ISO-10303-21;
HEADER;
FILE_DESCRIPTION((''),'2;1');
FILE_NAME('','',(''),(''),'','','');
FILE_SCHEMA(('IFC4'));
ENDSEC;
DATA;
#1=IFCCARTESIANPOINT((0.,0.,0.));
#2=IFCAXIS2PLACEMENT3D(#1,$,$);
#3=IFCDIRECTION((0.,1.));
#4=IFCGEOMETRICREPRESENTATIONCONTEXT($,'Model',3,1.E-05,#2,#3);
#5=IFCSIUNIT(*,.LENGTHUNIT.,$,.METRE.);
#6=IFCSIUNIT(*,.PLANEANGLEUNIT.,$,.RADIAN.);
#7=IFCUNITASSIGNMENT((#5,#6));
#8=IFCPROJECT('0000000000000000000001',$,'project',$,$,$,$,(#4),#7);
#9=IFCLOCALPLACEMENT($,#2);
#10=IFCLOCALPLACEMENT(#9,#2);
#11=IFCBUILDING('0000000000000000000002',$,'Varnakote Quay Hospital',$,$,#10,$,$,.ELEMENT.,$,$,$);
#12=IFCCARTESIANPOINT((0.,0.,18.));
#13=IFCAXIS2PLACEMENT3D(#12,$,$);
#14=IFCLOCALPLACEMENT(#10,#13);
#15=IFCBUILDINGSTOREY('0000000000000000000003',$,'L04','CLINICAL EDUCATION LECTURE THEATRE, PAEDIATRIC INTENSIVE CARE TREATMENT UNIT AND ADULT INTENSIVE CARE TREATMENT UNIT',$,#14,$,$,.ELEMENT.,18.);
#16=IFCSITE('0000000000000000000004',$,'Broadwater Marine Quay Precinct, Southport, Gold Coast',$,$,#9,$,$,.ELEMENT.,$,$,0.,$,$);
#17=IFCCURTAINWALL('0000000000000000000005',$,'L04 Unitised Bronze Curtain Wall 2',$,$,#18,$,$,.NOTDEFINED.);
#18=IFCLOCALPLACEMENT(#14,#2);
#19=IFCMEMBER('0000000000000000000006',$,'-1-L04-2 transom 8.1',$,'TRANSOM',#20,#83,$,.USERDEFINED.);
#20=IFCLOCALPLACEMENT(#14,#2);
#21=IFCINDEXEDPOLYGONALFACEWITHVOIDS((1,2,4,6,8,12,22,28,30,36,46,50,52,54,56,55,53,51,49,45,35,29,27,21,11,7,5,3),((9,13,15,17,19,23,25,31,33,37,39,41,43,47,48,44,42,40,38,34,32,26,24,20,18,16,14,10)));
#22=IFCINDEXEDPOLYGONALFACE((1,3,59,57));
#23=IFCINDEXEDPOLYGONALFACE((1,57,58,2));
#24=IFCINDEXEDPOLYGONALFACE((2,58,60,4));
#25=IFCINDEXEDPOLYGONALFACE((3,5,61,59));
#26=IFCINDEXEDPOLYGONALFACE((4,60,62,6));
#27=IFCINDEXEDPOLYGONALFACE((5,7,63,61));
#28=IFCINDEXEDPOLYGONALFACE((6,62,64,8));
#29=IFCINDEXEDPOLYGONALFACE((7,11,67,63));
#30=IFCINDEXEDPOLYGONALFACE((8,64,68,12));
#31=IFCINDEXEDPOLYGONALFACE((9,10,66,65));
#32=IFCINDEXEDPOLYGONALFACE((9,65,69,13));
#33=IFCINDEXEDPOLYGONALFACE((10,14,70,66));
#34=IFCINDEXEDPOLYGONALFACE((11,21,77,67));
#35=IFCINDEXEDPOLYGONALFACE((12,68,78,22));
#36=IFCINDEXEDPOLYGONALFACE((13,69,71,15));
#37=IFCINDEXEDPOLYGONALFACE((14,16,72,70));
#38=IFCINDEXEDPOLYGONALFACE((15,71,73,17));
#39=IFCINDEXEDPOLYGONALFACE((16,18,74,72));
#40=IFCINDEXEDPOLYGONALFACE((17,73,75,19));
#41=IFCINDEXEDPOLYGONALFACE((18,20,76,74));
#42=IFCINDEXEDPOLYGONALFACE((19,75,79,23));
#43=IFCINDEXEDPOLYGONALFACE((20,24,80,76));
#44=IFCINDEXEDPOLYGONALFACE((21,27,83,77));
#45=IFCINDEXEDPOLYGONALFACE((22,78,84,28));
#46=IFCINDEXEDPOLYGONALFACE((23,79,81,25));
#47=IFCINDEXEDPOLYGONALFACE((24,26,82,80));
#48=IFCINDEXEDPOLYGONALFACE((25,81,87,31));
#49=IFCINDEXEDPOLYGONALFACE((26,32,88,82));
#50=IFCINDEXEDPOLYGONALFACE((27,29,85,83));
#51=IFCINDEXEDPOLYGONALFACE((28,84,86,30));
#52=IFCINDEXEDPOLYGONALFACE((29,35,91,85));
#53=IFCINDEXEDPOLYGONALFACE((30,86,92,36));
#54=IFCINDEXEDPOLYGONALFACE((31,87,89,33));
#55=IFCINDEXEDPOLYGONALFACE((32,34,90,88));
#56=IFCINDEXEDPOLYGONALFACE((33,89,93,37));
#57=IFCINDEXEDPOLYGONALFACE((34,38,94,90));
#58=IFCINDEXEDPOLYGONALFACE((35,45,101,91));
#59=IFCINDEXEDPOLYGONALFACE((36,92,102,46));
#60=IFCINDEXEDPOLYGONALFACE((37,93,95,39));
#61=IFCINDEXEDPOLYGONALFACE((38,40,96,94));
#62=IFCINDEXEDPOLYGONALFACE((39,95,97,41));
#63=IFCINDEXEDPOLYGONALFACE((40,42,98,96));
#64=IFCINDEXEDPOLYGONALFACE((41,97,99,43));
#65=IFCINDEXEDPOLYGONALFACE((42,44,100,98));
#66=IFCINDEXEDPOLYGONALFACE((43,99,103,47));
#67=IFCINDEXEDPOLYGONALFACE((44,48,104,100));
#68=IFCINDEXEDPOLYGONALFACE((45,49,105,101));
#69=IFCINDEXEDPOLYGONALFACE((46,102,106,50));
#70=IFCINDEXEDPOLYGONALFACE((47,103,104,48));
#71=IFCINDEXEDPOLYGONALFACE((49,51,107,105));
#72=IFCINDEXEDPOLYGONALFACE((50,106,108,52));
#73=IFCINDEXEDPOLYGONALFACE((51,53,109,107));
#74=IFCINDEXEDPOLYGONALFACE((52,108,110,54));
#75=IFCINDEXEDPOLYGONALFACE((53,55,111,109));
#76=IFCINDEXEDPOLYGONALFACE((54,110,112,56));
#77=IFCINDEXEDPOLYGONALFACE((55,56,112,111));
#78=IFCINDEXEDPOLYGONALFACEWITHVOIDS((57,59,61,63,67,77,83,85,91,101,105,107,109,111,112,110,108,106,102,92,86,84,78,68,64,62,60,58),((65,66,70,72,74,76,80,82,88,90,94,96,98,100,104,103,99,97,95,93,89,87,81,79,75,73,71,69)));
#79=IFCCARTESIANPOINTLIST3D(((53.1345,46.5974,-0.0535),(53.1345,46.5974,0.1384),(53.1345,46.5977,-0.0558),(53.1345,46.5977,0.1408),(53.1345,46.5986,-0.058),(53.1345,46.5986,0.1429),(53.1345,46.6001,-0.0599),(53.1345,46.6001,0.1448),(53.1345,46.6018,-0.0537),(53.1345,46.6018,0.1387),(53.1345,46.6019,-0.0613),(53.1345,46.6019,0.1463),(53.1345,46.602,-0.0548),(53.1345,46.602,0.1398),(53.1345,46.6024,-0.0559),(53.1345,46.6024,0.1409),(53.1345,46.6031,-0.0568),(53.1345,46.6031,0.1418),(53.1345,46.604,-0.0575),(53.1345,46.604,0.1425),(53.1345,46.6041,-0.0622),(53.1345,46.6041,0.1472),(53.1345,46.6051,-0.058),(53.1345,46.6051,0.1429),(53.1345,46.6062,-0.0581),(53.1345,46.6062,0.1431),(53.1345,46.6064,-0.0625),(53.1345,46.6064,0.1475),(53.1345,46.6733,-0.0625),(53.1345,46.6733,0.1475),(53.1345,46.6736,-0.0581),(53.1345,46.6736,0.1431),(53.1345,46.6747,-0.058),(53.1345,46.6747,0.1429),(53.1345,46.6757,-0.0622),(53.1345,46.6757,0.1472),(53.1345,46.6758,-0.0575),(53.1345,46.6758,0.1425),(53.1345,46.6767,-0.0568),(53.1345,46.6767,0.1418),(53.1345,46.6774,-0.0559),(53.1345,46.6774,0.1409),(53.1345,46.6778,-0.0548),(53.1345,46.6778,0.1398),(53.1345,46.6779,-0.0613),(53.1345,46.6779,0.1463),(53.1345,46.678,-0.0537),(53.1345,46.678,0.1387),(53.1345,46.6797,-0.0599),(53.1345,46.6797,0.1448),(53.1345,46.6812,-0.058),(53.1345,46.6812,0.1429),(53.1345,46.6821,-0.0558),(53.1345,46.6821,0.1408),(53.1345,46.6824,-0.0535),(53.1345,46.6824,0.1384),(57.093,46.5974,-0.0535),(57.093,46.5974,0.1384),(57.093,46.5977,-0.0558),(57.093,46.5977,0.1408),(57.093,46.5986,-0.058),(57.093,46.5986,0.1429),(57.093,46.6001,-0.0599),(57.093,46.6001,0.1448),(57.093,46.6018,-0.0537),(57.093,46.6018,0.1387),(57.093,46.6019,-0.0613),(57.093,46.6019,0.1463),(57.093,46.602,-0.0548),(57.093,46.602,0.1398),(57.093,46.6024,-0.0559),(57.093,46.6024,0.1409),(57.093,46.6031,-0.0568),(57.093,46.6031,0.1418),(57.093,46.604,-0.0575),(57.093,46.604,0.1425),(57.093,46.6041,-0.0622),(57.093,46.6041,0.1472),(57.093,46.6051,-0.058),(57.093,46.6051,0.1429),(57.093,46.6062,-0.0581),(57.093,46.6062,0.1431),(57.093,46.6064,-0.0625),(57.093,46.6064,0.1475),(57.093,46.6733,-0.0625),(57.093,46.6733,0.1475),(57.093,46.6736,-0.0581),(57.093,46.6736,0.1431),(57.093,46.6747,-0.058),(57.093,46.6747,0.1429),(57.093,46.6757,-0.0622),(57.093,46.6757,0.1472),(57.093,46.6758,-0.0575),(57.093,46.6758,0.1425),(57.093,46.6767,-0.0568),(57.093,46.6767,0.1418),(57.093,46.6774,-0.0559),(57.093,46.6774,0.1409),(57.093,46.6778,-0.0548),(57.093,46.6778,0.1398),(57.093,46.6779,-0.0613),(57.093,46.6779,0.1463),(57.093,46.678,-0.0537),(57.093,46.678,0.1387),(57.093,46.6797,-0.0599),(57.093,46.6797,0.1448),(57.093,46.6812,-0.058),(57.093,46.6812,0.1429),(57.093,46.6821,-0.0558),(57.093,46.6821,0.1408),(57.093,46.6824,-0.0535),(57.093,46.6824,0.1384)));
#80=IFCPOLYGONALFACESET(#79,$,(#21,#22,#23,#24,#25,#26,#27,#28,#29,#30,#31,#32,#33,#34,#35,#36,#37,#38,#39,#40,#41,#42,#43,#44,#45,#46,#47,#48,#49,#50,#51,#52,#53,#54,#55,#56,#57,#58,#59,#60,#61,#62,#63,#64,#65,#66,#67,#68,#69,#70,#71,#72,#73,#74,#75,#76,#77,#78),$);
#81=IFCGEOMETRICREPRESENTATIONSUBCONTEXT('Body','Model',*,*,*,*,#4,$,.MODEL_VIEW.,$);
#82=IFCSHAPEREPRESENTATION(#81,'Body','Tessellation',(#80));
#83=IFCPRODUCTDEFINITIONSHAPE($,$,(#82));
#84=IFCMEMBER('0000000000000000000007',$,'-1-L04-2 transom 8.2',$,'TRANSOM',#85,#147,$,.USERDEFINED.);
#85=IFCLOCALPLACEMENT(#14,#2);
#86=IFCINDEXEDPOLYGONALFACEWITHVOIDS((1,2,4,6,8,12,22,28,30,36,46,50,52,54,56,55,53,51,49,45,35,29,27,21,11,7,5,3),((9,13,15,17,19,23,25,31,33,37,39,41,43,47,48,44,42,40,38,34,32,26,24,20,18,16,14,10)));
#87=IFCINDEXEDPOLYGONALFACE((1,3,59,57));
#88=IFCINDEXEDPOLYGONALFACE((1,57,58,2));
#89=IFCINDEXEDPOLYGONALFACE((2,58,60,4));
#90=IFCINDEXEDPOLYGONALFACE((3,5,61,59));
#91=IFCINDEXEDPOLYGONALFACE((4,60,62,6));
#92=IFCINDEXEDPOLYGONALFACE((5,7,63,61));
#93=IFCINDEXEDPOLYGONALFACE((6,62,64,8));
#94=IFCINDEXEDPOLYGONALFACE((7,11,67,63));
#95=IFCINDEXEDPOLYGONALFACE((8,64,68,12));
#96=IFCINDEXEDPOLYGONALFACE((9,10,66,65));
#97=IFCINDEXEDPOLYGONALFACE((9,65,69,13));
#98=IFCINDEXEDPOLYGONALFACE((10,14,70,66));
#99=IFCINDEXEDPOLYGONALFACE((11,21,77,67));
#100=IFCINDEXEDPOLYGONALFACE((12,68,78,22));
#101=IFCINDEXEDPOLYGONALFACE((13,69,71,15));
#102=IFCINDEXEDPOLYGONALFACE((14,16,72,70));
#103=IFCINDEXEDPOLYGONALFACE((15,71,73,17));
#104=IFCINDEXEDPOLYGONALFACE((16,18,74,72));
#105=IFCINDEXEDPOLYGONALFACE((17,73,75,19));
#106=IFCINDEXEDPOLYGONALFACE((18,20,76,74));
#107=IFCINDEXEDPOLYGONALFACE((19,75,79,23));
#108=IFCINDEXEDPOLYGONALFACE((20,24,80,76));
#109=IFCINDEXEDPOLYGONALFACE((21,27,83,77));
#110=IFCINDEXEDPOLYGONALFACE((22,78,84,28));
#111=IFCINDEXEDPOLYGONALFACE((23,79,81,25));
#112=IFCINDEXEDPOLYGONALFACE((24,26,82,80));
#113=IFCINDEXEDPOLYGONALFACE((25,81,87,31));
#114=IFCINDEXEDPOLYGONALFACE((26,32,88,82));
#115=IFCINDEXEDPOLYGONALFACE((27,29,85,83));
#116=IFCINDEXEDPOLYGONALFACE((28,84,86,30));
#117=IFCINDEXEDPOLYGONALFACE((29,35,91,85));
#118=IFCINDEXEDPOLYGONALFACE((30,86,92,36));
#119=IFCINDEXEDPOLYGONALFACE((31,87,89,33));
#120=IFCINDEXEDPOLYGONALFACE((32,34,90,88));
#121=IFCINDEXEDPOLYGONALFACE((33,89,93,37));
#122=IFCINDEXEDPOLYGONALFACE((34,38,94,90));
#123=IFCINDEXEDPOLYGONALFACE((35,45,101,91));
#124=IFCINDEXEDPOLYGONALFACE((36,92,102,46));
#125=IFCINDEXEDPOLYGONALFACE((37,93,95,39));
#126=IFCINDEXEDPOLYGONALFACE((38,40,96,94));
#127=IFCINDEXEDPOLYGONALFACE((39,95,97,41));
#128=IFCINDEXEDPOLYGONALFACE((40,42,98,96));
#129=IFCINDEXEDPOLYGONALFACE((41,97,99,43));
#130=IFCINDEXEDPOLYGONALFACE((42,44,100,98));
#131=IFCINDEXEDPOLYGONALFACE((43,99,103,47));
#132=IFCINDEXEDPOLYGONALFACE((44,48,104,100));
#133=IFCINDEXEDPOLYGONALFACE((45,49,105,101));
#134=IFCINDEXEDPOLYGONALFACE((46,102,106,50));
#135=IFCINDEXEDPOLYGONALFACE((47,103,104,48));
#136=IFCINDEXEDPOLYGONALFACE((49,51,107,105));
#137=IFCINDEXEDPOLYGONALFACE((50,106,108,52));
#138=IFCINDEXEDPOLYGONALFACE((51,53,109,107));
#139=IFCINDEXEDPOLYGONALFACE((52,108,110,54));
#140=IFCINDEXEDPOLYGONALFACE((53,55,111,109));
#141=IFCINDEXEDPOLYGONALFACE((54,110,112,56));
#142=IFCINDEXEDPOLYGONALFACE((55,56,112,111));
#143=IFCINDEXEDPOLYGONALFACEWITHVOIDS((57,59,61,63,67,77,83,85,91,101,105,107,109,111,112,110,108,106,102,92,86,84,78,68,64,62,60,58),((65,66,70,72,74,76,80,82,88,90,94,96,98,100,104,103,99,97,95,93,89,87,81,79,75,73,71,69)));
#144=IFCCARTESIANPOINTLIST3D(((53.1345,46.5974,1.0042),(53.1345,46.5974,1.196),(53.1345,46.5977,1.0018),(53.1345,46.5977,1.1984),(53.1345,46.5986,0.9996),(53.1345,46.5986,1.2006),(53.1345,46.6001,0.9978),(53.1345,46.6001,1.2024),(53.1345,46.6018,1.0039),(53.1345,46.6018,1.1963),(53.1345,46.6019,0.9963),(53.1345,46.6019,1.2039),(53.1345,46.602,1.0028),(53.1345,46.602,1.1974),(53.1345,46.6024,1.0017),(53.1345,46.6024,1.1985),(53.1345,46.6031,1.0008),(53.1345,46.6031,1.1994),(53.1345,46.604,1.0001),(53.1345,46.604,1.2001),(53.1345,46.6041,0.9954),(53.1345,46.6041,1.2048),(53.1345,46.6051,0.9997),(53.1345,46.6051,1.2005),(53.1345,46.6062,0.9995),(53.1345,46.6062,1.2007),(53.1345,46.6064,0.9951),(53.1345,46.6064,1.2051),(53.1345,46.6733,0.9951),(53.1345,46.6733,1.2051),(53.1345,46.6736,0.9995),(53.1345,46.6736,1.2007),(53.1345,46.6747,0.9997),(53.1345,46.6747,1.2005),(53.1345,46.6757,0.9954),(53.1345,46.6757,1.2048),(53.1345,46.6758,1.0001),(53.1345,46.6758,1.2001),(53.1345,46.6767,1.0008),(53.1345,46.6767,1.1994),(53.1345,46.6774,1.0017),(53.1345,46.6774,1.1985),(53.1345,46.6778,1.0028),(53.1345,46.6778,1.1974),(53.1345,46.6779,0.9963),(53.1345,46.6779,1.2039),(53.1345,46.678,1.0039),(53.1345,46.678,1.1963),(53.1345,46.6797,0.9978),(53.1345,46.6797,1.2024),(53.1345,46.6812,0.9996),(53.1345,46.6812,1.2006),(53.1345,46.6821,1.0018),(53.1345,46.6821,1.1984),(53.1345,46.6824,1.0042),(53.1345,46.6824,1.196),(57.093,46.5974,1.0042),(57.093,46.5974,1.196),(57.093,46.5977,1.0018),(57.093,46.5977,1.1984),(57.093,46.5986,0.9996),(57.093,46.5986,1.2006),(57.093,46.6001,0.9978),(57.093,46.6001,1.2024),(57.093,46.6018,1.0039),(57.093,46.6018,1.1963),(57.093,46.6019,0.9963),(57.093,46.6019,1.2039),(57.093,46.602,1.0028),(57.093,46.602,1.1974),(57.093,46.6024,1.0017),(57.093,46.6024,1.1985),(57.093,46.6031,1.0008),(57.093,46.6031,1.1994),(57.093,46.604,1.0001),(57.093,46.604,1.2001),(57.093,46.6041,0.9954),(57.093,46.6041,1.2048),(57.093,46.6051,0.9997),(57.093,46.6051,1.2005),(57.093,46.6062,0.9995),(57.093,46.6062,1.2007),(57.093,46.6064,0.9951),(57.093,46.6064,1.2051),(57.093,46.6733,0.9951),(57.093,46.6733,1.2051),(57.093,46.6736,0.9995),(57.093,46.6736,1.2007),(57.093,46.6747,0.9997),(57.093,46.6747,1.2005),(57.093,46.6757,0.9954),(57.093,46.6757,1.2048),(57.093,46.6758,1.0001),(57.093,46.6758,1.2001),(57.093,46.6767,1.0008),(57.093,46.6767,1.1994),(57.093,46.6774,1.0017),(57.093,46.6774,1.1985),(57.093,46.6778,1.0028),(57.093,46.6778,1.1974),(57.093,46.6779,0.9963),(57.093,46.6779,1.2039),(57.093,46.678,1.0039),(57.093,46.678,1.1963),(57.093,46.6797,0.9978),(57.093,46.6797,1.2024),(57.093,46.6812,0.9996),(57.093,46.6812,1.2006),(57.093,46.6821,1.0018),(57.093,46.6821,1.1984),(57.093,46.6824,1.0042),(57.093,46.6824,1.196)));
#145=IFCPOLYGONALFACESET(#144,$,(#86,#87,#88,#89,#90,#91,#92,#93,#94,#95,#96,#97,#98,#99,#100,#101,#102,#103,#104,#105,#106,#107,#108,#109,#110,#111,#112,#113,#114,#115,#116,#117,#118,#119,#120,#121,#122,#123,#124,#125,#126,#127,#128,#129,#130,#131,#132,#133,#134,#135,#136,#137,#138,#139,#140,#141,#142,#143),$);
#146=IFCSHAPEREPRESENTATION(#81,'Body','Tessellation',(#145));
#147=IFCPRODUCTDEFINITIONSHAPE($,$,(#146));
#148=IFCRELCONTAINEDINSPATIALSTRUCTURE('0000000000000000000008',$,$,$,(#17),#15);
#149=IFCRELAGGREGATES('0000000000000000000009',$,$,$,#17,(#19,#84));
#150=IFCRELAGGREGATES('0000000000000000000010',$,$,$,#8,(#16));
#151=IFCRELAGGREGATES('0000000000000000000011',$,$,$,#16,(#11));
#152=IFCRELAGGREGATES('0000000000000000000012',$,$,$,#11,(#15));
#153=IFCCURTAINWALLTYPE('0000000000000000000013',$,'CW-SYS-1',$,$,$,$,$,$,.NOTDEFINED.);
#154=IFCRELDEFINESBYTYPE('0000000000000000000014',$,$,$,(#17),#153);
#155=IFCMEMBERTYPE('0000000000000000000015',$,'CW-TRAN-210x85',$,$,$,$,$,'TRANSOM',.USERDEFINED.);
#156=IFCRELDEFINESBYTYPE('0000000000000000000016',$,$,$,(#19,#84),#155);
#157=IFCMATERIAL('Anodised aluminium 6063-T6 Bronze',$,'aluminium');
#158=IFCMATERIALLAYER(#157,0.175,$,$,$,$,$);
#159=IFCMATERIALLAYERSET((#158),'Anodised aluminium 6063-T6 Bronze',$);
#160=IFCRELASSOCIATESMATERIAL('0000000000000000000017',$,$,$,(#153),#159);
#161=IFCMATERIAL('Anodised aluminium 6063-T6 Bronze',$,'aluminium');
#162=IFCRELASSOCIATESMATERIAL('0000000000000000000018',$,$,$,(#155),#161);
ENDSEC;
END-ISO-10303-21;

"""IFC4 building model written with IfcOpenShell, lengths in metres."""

from ifc_helpers import new_model, si_unit, direction, frame, origin, origin_2d, place, context, subcontext, project, spatial, hollow_rectangle, extrude, material, layer, layer_set, material_profile, profile_set, type_object, element, aggregate, save


model = new_model("IFC4")

# Units and contexts
model_context = context("Model", 3, precision=1e-05, world=origin(), true_north=direction((0.0, 1.0)))
body_context = subcontext(model_context, "Body", "Model", "MODEL_VIEW")
ifc_project = project(units=[si_unit("LENGTHUNIT", "METRE"), si_unit("PLANEANGLEUNIT", "RADIAN")], contexts=[model_context])

# Site, building, storey
site_placement = place(None, origin())
site = spatial("IfcSite", under=ifc_project, at=site_placement, Name="Broadwater Marine Quay Precinct, Southport, Gold Coast", CompositionType="ELEMENT", RefElevation=0.0)
building_placement = place(site_placement, origin())
building = spatial("IfcBuilding", under=site, at=building_placement, Name="Varnakote Quay Hospital", CompositionType="ELEMENT")
storey_placement = place(building_placement, frame((0.0, 0.0, 18.0)))
storey = spatial("IfcBuildingStorey", under=building, at=storey_placement, Name="L04", Description="CLINICAL EDUCATION LECTURE THEATRE, PAEDIATRIC INTENSIVE CARE TREATMENT UNIT AND ADULT INTENSIVE CARE TREATMENT UNIT", CompositionType="ELEMENT", Elevation=18.0)

# Curtain wall, members
ifc_material_1 = material(Name="Anodised aluminium 6063-T6 Bronze", Category="aluminium")
ifc_layer_1 = layer(ifc_material_1, 0.175)
ifc_layer_set_1 = layer_set([ifc_layer_1], Name="Anodised aluminium 6063-T6 Bronze")
curtain_wall_type = type_object("IfcCurtainWallType", Name="CW-SYS-1", PredefinedType="NOTDEFINED", material=ifc_layer_set_1)
curtain_wall_placement = place(storey_placement, origin())
curtain_wall = element("IfcCurtainWall", 1, at=curtain_wall_placement, inside=storey, type_object=curtain_wall_type, Name="L04 Unitised Bronze Curtain Wall 2", PredefinedType="NOTDEFINED")
ifc_material_2 = material(Name="Anodised aluminium 6063-T6 Bronze", Category="aluminium")
ifc_material_profile_1 = material_profile(ifc_material_2, hollow_rectangle(XDim=0.085, YDim=0.21, WallThickness=0.0044, InnerFilletRadius=0.0044, OuterFilletRadius=0.009, at=origin_2d()), Name="CW-TRAN-210x85")
ifc_profile_set_1 = profile_set([ifc_material_profile_1], Name="Anodised aluminium 6063-T6 Bronze")
member_type_1 = type_object("IfcMemberType", Name="CW-TRAN-210x85", ElementType="TRANSOM", PredefinedType="USERDEFINED", material=ifc_profile_set_1)
member_1_placement = place(storey_placement, frame((57.093, 46.6399, 0.0425), z_axis=(-1.0, 0.0, 0.0), x_axis=(0.0, -1.0, 0.0)))
member_1 = element("IfcMember", 2, at=member_1_placement, type_object=member_type_1, Name="-1-L04-2 transom 8.1", ObjectType="TRANSOM", PredefinedType="USERDEFINED", context=body_context, shape_type="SweptSolid", body=[
    extrude(hollow_rectangle(XDim=0.085, YDim=0.21, WallThickness=0.0044, InnerFilletRadius=0.0044, OuterFilletRadius=0.009, at=origin_2d()), origin(), (0.0, 0.0, 1.0), 3.9585),
])
member_2_placement = place(storey_placement, frame((57.093, 46.6399, 1.1001), z_axis=(-1.0, 0.0, 0.0), x_axis=(0.0, -1.0, 0.0)))
member_2 = element("IfcMember", 3, at=member_2_placement, type_object=member_type_1, Name="-1-L04-2 transom 8.2", ObjectType="TRANSOM", PredefinedType="USERDEFINED", context=body_context, shape_type="SweptSolid", body=[
    extrude(hollow_rectangle(XDim=0.085, YDim=0.21, WallThickness=0.0044, InnerFilletRadius=0.0044, OuterFilletRadius=0.009, at=origin_2d()), origin(), (0.0, 0.0, 1.0), 3.9585),
])

aggregate(curtain_wall, [member_1, member_2])

save(model, "model.ifc")
